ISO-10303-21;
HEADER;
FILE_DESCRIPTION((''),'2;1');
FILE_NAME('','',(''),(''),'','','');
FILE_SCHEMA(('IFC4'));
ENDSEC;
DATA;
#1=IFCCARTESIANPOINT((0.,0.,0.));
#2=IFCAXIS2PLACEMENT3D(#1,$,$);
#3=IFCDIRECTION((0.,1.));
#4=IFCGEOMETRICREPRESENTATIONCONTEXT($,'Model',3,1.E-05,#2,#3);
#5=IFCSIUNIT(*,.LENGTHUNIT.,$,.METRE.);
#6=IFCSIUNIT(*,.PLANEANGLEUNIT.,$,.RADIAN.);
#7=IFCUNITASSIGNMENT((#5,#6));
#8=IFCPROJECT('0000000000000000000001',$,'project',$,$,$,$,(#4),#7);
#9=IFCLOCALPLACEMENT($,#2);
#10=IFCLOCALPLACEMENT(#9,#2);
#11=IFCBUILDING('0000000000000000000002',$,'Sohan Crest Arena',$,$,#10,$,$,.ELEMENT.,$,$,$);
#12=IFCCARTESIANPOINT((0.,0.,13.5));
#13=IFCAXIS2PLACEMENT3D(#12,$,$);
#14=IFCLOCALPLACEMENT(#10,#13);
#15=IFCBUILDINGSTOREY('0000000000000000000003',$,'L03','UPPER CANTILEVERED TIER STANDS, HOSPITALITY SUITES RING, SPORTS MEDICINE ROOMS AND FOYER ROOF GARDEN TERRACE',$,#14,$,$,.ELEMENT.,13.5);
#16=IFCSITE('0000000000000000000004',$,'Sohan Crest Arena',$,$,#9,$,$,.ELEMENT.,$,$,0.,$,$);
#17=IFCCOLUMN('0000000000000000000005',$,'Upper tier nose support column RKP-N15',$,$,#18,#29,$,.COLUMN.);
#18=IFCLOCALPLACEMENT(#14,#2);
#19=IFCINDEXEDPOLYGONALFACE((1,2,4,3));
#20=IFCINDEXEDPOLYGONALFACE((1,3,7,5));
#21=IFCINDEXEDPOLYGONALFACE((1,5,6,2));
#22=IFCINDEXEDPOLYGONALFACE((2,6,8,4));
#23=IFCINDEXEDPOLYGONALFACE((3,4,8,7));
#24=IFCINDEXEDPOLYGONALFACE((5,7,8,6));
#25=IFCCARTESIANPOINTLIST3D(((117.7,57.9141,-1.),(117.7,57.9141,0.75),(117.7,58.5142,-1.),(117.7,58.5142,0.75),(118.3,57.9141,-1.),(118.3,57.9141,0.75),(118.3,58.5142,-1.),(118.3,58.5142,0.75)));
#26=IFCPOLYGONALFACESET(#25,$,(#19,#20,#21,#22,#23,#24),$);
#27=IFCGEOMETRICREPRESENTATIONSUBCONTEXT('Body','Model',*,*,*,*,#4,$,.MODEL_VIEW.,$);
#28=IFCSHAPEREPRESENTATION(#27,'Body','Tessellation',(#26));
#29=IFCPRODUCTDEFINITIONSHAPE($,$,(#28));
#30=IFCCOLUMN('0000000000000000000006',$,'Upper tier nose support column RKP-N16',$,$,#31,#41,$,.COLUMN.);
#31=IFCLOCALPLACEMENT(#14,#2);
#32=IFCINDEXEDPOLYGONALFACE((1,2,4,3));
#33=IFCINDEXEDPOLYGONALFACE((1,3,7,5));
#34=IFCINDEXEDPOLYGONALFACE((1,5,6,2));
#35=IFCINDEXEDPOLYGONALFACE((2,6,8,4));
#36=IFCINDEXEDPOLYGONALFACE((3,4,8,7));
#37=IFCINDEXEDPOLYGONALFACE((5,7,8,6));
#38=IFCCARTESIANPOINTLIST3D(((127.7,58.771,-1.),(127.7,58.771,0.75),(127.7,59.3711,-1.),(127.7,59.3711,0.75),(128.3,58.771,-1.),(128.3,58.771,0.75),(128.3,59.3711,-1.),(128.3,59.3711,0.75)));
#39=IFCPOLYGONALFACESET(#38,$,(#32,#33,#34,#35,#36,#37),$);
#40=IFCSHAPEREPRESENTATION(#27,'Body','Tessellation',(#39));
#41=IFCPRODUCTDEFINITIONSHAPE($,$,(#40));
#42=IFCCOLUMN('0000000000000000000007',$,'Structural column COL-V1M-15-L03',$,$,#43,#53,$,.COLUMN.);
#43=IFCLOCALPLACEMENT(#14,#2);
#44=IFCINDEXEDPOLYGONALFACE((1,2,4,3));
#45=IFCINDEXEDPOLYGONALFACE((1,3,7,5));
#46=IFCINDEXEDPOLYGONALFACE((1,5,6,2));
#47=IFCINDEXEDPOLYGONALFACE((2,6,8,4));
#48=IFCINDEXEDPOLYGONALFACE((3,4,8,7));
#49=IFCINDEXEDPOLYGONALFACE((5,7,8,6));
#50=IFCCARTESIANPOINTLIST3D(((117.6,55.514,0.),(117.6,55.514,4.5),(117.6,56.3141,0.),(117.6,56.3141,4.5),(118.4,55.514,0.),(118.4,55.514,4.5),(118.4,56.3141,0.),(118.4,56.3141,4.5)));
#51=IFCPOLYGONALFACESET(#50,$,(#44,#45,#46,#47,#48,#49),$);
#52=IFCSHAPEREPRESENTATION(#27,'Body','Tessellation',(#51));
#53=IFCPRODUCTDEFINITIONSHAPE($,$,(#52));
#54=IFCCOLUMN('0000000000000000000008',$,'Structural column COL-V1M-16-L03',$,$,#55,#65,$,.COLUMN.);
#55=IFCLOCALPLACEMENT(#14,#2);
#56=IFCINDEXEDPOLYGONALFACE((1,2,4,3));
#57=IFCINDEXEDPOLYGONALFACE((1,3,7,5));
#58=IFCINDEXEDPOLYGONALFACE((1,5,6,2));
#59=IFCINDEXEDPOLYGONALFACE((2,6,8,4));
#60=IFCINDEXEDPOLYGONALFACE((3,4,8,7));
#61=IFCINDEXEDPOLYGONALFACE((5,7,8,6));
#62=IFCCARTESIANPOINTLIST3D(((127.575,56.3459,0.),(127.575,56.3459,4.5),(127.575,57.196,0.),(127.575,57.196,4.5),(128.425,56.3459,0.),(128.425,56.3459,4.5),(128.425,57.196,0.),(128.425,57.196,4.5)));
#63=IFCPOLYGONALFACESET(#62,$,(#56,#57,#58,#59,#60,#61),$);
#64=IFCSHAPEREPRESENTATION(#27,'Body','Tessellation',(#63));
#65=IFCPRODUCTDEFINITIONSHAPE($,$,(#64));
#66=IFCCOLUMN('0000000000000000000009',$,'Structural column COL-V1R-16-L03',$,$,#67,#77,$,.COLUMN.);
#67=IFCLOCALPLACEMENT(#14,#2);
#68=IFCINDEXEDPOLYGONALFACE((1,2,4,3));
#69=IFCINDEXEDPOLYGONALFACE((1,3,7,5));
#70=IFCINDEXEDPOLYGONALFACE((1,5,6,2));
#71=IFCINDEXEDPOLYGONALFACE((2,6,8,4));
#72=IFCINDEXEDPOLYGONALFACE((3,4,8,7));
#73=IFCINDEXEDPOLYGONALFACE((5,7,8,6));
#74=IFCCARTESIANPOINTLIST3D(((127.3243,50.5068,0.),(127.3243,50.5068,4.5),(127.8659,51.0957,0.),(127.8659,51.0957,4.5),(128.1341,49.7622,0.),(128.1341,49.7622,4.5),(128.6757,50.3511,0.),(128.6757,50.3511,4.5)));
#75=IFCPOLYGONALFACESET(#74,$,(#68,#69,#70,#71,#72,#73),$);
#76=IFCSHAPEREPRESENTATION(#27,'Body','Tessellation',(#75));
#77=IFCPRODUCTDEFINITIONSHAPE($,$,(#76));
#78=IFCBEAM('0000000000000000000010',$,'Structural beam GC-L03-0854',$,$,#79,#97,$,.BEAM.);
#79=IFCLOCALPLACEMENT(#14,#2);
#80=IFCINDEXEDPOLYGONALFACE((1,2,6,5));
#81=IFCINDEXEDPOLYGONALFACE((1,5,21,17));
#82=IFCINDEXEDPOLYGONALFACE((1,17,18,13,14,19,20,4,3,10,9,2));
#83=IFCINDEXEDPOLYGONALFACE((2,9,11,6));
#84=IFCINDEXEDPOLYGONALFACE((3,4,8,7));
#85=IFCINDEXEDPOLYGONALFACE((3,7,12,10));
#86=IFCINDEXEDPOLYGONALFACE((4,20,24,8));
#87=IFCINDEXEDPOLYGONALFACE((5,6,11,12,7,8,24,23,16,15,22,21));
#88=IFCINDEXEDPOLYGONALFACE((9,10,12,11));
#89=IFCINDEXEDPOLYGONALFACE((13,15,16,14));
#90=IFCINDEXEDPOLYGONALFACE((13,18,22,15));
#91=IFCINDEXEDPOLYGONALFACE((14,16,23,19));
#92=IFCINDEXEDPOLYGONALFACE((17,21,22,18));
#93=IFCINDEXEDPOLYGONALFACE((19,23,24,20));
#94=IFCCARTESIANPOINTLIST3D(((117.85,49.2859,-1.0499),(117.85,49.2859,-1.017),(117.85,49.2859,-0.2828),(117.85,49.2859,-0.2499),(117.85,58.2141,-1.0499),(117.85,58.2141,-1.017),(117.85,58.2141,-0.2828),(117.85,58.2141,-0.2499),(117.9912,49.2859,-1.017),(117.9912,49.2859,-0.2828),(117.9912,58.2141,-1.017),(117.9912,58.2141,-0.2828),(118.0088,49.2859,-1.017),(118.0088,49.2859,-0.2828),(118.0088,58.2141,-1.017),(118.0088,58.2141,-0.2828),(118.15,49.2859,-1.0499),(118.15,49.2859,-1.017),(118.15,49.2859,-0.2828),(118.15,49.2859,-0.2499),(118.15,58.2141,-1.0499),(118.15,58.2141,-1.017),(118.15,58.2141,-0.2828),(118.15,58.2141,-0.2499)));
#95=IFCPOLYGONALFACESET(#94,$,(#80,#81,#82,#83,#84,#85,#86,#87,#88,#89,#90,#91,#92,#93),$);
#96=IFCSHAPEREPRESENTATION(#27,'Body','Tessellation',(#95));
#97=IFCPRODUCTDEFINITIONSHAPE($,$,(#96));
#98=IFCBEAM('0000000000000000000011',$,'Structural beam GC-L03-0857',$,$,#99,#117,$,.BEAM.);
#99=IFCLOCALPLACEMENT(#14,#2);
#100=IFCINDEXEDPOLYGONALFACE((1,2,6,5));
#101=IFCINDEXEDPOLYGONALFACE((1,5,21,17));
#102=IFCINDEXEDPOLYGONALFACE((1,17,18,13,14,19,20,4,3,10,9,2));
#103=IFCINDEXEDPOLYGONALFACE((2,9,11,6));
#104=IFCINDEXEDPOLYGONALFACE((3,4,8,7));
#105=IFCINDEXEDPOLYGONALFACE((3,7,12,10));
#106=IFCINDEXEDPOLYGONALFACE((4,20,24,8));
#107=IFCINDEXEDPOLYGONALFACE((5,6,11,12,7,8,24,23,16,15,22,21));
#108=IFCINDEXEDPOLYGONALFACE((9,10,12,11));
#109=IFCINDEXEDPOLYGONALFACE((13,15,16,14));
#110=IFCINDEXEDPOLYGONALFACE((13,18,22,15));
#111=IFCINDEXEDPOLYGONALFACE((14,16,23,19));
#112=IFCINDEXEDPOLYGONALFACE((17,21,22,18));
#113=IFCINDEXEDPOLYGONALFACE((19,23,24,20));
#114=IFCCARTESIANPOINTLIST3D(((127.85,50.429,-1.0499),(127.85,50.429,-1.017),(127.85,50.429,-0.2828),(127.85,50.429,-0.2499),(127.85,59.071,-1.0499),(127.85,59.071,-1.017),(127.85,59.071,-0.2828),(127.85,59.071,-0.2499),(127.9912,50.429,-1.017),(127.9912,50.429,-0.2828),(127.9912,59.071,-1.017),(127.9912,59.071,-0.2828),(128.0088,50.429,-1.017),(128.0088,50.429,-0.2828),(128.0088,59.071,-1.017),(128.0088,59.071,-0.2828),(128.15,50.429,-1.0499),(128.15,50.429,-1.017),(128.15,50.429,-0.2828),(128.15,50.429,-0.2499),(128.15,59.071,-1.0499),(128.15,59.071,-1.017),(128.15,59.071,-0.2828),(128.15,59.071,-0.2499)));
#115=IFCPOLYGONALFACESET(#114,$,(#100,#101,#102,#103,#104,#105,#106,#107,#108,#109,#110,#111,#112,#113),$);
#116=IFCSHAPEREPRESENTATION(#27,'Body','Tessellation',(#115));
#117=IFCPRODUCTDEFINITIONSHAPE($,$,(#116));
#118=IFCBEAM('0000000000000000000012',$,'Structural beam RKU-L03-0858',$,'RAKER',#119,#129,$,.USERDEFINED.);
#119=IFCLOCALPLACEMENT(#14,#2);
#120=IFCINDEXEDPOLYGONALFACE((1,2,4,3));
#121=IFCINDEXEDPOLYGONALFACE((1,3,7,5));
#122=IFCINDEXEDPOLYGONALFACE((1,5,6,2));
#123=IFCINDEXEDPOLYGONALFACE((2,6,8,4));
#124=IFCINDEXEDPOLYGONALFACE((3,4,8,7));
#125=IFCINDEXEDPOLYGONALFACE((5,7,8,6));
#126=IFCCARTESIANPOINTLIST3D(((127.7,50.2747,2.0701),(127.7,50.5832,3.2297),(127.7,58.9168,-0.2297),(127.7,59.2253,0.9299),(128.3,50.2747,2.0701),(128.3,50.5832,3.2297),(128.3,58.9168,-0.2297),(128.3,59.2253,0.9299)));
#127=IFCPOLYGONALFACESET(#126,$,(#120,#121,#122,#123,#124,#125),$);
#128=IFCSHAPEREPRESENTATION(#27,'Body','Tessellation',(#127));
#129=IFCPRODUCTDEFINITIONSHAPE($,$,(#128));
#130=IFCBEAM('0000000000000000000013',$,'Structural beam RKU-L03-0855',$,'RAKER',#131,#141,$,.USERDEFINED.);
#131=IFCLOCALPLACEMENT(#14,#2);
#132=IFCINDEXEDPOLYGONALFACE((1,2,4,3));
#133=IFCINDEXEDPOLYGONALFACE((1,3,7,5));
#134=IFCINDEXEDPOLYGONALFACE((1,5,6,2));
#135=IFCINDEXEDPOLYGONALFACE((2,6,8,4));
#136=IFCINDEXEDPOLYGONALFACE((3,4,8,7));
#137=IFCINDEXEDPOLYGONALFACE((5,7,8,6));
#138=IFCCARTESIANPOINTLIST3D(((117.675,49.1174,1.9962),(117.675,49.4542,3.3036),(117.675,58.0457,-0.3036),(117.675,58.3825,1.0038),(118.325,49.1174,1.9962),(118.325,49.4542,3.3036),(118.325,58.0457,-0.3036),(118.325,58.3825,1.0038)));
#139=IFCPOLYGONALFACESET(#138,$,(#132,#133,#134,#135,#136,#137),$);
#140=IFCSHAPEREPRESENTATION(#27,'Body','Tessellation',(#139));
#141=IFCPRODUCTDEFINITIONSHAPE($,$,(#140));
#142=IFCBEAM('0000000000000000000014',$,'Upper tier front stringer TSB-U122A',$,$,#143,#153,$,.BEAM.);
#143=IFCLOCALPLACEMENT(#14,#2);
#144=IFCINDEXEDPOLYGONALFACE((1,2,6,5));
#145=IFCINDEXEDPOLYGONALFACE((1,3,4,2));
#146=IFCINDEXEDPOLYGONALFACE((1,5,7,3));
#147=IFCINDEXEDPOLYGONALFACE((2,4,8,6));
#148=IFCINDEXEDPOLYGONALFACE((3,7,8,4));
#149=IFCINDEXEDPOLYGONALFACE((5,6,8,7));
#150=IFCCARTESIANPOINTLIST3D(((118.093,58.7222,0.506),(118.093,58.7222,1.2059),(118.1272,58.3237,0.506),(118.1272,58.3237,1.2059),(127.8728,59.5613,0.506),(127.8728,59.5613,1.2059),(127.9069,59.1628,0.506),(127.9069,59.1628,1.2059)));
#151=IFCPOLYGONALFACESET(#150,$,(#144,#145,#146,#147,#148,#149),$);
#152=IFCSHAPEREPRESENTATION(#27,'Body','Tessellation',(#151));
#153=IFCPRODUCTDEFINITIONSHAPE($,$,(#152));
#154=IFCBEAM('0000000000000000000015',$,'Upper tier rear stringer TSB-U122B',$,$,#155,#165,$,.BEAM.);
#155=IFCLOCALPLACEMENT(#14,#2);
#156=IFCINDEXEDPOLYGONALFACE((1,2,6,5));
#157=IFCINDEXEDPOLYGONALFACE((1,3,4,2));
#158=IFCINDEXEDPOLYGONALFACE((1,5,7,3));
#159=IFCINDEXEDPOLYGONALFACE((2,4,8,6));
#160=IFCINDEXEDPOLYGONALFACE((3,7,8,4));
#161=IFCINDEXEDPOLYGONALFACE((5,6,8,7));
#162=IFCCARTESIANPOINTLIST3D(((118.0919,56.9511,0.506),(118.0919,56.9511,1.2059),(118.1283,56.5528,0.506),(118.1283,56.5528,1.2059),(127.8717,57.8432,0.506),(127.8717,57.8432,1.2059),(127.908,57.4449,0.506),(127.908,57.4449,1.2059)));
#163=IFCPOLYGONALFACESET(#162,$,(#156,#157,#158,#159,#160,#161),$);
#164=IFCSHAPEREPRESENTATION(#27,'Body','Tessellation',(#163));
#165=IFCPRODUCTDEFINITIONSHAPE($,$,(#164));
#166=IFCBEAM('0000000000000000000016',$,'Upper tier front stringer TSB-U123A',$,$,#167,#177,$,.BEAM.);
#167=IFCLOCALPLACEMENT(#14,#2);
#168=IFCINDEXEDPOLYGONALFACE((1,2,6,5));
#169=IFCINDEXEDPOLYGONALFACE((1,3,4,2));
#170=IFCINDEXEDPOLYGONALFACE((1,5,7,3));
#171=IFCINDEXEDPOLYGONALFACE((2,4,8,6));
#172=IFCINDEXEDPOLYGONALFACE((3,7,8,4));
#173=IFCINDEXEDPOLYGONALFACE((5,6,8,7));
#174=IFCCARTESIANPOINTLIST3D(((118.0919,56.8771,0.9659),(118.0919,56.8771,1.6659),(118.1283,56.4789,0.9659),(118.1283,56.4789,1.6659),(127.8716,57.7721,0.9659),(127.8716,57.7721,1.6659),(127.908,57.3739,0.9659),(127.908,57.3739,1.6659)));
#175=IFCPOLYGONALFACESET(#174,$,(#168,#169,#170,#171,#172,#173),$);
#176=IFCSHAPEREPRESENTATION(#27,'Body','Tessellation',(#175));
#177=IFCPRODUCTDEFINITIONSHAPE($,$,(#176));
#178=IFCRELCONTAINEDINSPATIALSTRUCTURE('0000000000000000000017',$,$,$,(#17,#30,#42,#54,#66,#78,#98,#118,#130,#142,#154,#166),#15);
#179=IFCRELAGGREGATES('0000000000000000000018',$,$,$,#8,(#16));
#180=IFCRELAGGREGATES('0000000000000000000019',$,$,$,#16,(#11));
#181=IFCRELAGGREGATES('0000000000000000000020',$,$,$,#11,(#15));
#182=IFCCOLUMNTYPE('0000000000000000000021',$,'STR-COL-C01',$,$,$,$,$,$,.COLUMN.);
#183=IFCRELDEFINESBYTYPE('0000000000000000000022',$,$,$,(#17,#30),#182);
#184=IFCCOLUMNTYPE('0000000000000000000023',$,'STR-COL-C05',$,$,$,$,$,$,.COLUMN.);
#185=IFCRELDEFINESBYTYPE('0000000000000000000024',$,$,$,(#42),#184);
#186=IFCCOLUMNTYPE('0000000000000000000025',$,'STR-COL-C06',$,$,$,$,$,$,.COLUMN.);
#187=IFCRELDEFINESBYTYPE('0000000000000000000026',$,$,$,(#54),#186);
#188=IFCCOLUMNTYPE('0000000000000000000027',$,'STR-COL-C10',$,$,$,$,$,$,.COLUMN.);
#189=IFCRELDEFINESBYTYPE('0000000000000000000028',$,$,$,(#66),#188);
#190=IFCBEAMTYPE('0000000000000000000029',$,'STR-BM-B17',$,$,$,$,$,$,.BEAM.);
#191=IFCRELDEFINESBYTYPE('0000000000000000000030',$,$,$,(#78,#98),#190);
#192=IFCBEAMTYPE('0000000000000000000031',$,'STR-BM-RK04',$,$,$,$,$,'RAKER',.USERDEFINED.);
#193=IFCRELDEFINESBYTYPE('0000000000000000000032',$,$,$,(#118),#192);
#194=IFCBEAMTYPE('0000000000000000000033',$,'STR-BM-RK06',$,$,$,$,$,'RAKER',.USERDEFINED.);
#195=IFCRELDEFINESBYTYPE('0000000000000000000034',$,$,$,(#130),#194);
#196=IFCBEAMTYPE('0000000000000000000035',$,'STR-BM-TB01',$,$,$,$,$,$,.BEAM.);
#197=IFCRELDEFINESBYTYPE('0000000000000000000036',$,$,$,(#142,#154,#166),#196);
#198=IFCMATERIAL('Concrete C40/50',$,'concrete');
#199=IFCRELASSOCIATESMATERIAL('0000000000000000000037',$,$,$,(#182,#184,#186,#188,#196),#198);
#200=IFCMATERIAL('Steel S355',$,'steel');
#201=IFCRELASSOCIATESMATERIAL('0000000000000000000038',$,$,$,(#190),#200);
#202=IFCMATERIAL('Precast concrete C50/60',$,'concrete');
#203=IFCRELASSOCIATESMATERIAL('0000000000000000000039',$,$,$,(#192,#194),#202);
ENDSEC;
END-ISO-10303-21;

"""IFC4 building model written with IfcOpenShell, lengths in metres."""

from ifc_helpers import new_model, si_unit, direction, frame, origin, origin_2d, place, context, subcontext, project, spatial, rectangle, i_section, extrude, material, material_profile, profile_set, type_object, element, save


model = new_model("IFC4")

# Units and contexts
model_context = context("Model", 3, precision=1e-05, world=origin(), true_north=direction((0.0, 1.0)))
body_context = subcontext(model_context, "Body", "Model", "MODEL_VIEW")
ifc_project = project(units=[si_unit("LENGTHUNIT", "METRE"), si_unit("PLANEANGLEUNIT", "RADIAN")], contexts=[model_context])

# Site, building, storey
site_placement = place(None, origin())
site = spatial("IfcSite", under=ifc_project, at=site_placement, Name="Sohan Crest Arena", CompositionType="ELEMENT", RefElevation=0.0)
building_placement = place(site_placement, origin())
building = spatial("IfcBuilding", under=site, at=building_placement, Name="Sohan Crest Arena", CompositionType="ELEMENT")
storey_placement = place(building_placement, frame((0.0, 0.0, 13.5)))
storey = spatial("IfcBuildingStorey", under=building, at=storey_placement, Name="L03", Description="UPPER CANTILEVERED TIER STANDS, HOSPITALITY SUITES RING, SPORTS MEDICINE ROOMS AND FOYER ROOF GARDEN TERRACE", CompositionType="ELEMENT", Elevation=13.5)

# Columns
ifc_material_1 = material(Name="Concrete C40/50", Category="concrete")
ifc_material_profile_1 = material_profile(ifc_material_1, rectangle(XDim=0.6001, YDim=0.6001, at=origin_2d()), Name="RC 600x600")
ifc_profile_set_1 = profile_set([ifc_material_profile_1], Name="Concrete C40/50")
column_type_1 = type_object("IfcColumnType", Name="STR-COL-C01", PredefinedType="COLUMN", material=ifc_profile_set_1)
for number, where, z_axis, x_axis, name in (
    (1, (118.0, 58.2141, -1.0), (0.0, 0.0, 1.0), (1.0, 0.0, 0.0), "Upper tier nose support column RKP-N15"),
    (2, (128.0, 59.071, -1.0), (0.0, 0.0, 1.0), (1.0, 0.0, 0.0), "Upper tier nose support column RKP-N16"),
):
    element("IfcColumn", number, at=place(storey_placement, frame(where, z_axis=z_axis, x_axis=x_axis)), inside=storey, type_object=column_type_1, Name=name, PredefinedType="COLUMN", context=body_context, shape_type="SweptSolid", body=[
        extrude(rectangle(XDim=0.6001, YDim=0.6001, at=origin_2d()), origin(), (0.0, 0.0, 1.0), 1.75),
    ])
ifc_material_profile_2 = material_profile(ifc_material_1, rectangle(XDim=0.8, YDim=0.8, at=origin_2d()), Name="RC 800x800")
ifc_profile_set_2 = profile_set([ifc_material_profile_2], Name="Concrete C40/50")
column_type_2 = type_object("IfcColumnType", Name="STR-COL-C05", PredefinedType="COLUMN", material=ifc_profile_set_2)
column_1_placement = place(storey_placement, frame((118.0, 55.9141, 0.0), z_axis=(0.0, 0.0, 1.0), x_axis=(1.0, 0.0, 0.0)))
element("IfcColumn", 3, at=column_1_placement, inside=storey, type_object=column_type_2, Name="Structural column COL-V1M-15-L03", PredefinedType="COLUMN", context=body_context, shape_type="SweptSolid", body=[
    extrude(rectangle(XDim=0.8, YDim=0.8, at=origin_2d()), origin(), (0.0, 0.0, 1.0), 4.5),
])
ifc_material_profile_3 = material_profile(ifc_material_1, rectangle(XDim=0.8501, YDim=0.8501, at=origin_2d()), Name="RC 850x850")
ifc_profile_set_3 = profile_set([ifc_material_profile_3], Name="Concrete C40/50")
column_type_3 = type_object("IfcColumnType", Name="STR-COL-C06", PredefinedType="COLUMN", material=ifc_profile_set_3)
column_2_placement = place(storey_placement, frame((128.0, 56.771, 0.0), z_axis=(0.0, 0.0, 1.0), x_axis=(1.0, 0.0, 0.0)))
element("IfcColumn", 4, at=column_2_placement, inside=storey, type_object=column_type_3, Name="Structural column COL-V1M-16-L03", PredefinedType="COLUMN", context=body_context, shape_type="SweptSolid", body=[
    extrude(rectangle(XDim=0.8501, YDim=0.8501, at=origin_2d()), origin(), (0.0, 0.0, 1.0), 4.5),
])
ifc_material_profile_4 = material_profile(ifc_material_1, rectangle(XDim=1.1001, YDim=0.8, at=origin_2d()), Name="RC 1100x800")
ifc_profile_set_4 = profile_set([ifc_material_profile_4], Name="Concrete C40/50")
column_type_4 = type_object("IfcColumnType", Name="STR-COL-C10", PredefinedType="COLUMN", material=ifc_profile_set_4)
column_3_placement = place(storey_placement, frame((128.0, 50.429, 0.0), z_axis=(0.0, 0.0, 1.0), x_axis=(-0.736097, 0.676876, 0.0)))
element("IfcColumn", 5, at=column_3_placement, inside=storey, type_object=column_type_4, Name="Structural column COL-V1R-16-L03", PredefinedType="COLUMN", context=body_context, shape_type="SweptSolid", body=[
    extrude(rectangle(XDim=1.1001, YDim=0.8, at=origin_2d()), origin(), (0.0, 0.0, 1.0), 4.5),
])

# Beams
ifc_material_2 = material(Name="Steel S355", Category="steel")
ifc_material_profile_5 = material_profile(ifc_material_2, i_section(OverallWidth=0.3, OverallDepth=0.8, WebThickness=0.0176, FlangeThickness=0.033, at=origin_2d()), Name="HEB 800")
ifc_profile_set_5 = profile_set([ifc_material_profile_5], Name="Steel S355")
beam_type_1 = type_object("IfcBeamType", Name="STR-BM-B17", PredefinedType="BEAM", material=ifc_profile_set_5)
beam_1_placement = place(storey_placement, frame((118.0, 49.2859, -0.6499), z_axis=(0.0, 1.0, 0.0), x_axis=(-1.0, 0.0, 0.0)))
element("IfcBeam", 6, at=beam_1_placement, inside=storey, type_object=beam_type_1, Name="Structural beam GC-L03-0854", PredefinedType="BEAM", context=body_context, shape_type="SweptSolid", body=[
    extrude(i_section(OverallWidth=0.3, OverallDepth=0.8, WebThickness=0.0176, FlangeThickness=0.033, at=origin_2d()), origin(), (0.0, 0.0, 1.0), 8.9282),
])
beam_2_placement = place(storey_placement, frame((128.0, 50.429, -0.6499), z_axis=(0.0, 1.0, 0.0), x_axis=(-1.0, 0.0, 0.0)))
element("IfcBeam", 7, at=beam_2_placement, inside=storey, type_object=beam_type_1, Name="Structural beam GC-L03-0857", PredefinedType="BEAM", context=body_context, shape_type="SweptSolid", body=[
    extrude(i_section(OverallWidth=0.3, OverallDepth=0.8, WebThickness=0.0176, FlangeThickness=0.033, at=origin_2d()), origin(), (0.0, 0.0, 1.0), 8.6421),
])
ifc_material_3 = material(Name="Precast concrete C50/60", Category="concrete")
ifc_material_profile_6 = material_profile(ifc_material_3, rectangle(XDim=0.6001, YDim=1.2, at=origin_2d()), Name="RAKER 600x1200")
ifc_profile_set_6 = profile_set([ifc_material_profile_6], Name="Precast concrete C50/60")
beam_type_2 = type_object("IfcBeamType", Name="STR-BM-RK04", ElementType="RAKER", PredefinedType="USERDEFINED", material=ifc_profile_set_6)
beam_3_placement = place(storey_placement, frame((128.0, 59.071, 0.3501), z_axis=(0.0, -0.966367, 0.257166), x_axis=(1.0, 0.0, 0.0)))
element("IfcBeam", 8, at=beam_3_placement, inside=storey, type_object=beam_type_2, Name="Structural beam RKU-L03-0858", ObjectType="RAKER", PredefinedType="USERDEFINED", context=body_context, shape_type="SweptSolid", body=[
    extrude(rectangle(XDim=0.6001, YDim=1.2, at=origin_2d()), origin(), (0.0, 0.0, 1.0), 8.9429),
])
ifc_material_profile_7 = material_profile(ifc_material_3, rectangle(XDim=0.6499, YDim=1.3501, at=origin_2d()), Name="RAKER 650x1350")
ifc_profile_set_7 = profile_set([ifc_material_profile_7], Name="Precast concrete C50/60")
beam_type_3 = type_object("IfcBeamType", Name="STR-BM-RK06", ElementType="RAKER", PredefinedType="USERDEFINED", material=ifc_profile_set_7)
beam_4_placement = place(storey_placement, frame((118.0, 58.2141, 0.3501), z_axis=(0.0, -0.968389, 0.249446), x_axis=(1.0, 0.0, 0.0)))
element("IfcBeam", 9, at=beam_4_placement, inside=storey, type_object=beam_type_3, Name="Structural beam RKU-L03-0855", ObjectType="RAKER", PredefinedType="USERDEFINED", context=body_context, shape_type="SweptSolid", body=[
    extrude(rectangle(XDim=0.6499, YDim=1.3501, at=origin_2d()), origin(), (0.0, 0.0, 1.0), 9.2197),
])
ifc_material_profile_8 = material_profile(ifc_material_1, rectangle(XDim=0.3999, YDim=0.7, at=origin_2d()), Name="RC-BM 400x700")
ifc_profile_set_8 = profile_set([ifc_material_profile_8], Name="Concrete C40/50")
beam_type_4 = type_object("IfcBeamType", Name="STR-BM-TB01", PredefinedType="BEAM", material=ifc_profile_set_8)
beam_5_placement = place(storey_placement, frame((118.1101, 58.5229, 0.856), z_axis=(0.996339, 0.085487, 0.0), x_axis=(-0.085487, 0.996339, 0.0)))
element("IfcBeam", 10, at=beam_5_placement, inside=storey, type_object=beam_type_4, Name="Upper tier front stringer TSB-U122A", PredefinedType="BEAM", context=body_context, shape_type="SweptSolid", body=[
    extrude(rectangle(XDim=0.3999, YDim=0.7, at=origin_2d()), origin(), (0.0, 0.0, 1.0), 9.8157),
])
beam_6_placement = place(storey_placement, frame((118.1101, 56.752, 0.856), z_axis=(0.995865, 0.090841, 0.0), x_axis=(-0.090841, 0.995865, 0.0)))
element("IfcBeam", 11, at=beam_6_placement, inside=storey, type_object=beam_type_4, Name="Upper tier rear stringer TSB-U122B", PredefinedType="BEAM", context=body_context, shape_type="SweptSolid", body=[
    extrude(rectangle(XDim=0.3999, YDim=0.7, at=origin_2d()), origin(), (0.0, 0.0, 1.0), 9.8203),
])
beam_7_placement = place(storey_placement, frame((118.1101, 56.678, 1.3159), z_axis=(0.995838, 0.091136, 0.0), x_axis=(-0.091136, 0.995838, 0.0)))
element("IfcBeam", 12, at=beam_7_placement, inside=storey, type_object=beam_type_4, Name="Upper tier front stringer TSB-U123A", PredefinedType="BEAM", context=body_context, shape_type="SweptSolid", body=[
    extrude(rectangle(XDim=0.3999, YDim=0.7, at=origin_2d()), origin(), (0.0, 0.0, 1.0), 9.8206),
])

save(model, "model.ifc")
